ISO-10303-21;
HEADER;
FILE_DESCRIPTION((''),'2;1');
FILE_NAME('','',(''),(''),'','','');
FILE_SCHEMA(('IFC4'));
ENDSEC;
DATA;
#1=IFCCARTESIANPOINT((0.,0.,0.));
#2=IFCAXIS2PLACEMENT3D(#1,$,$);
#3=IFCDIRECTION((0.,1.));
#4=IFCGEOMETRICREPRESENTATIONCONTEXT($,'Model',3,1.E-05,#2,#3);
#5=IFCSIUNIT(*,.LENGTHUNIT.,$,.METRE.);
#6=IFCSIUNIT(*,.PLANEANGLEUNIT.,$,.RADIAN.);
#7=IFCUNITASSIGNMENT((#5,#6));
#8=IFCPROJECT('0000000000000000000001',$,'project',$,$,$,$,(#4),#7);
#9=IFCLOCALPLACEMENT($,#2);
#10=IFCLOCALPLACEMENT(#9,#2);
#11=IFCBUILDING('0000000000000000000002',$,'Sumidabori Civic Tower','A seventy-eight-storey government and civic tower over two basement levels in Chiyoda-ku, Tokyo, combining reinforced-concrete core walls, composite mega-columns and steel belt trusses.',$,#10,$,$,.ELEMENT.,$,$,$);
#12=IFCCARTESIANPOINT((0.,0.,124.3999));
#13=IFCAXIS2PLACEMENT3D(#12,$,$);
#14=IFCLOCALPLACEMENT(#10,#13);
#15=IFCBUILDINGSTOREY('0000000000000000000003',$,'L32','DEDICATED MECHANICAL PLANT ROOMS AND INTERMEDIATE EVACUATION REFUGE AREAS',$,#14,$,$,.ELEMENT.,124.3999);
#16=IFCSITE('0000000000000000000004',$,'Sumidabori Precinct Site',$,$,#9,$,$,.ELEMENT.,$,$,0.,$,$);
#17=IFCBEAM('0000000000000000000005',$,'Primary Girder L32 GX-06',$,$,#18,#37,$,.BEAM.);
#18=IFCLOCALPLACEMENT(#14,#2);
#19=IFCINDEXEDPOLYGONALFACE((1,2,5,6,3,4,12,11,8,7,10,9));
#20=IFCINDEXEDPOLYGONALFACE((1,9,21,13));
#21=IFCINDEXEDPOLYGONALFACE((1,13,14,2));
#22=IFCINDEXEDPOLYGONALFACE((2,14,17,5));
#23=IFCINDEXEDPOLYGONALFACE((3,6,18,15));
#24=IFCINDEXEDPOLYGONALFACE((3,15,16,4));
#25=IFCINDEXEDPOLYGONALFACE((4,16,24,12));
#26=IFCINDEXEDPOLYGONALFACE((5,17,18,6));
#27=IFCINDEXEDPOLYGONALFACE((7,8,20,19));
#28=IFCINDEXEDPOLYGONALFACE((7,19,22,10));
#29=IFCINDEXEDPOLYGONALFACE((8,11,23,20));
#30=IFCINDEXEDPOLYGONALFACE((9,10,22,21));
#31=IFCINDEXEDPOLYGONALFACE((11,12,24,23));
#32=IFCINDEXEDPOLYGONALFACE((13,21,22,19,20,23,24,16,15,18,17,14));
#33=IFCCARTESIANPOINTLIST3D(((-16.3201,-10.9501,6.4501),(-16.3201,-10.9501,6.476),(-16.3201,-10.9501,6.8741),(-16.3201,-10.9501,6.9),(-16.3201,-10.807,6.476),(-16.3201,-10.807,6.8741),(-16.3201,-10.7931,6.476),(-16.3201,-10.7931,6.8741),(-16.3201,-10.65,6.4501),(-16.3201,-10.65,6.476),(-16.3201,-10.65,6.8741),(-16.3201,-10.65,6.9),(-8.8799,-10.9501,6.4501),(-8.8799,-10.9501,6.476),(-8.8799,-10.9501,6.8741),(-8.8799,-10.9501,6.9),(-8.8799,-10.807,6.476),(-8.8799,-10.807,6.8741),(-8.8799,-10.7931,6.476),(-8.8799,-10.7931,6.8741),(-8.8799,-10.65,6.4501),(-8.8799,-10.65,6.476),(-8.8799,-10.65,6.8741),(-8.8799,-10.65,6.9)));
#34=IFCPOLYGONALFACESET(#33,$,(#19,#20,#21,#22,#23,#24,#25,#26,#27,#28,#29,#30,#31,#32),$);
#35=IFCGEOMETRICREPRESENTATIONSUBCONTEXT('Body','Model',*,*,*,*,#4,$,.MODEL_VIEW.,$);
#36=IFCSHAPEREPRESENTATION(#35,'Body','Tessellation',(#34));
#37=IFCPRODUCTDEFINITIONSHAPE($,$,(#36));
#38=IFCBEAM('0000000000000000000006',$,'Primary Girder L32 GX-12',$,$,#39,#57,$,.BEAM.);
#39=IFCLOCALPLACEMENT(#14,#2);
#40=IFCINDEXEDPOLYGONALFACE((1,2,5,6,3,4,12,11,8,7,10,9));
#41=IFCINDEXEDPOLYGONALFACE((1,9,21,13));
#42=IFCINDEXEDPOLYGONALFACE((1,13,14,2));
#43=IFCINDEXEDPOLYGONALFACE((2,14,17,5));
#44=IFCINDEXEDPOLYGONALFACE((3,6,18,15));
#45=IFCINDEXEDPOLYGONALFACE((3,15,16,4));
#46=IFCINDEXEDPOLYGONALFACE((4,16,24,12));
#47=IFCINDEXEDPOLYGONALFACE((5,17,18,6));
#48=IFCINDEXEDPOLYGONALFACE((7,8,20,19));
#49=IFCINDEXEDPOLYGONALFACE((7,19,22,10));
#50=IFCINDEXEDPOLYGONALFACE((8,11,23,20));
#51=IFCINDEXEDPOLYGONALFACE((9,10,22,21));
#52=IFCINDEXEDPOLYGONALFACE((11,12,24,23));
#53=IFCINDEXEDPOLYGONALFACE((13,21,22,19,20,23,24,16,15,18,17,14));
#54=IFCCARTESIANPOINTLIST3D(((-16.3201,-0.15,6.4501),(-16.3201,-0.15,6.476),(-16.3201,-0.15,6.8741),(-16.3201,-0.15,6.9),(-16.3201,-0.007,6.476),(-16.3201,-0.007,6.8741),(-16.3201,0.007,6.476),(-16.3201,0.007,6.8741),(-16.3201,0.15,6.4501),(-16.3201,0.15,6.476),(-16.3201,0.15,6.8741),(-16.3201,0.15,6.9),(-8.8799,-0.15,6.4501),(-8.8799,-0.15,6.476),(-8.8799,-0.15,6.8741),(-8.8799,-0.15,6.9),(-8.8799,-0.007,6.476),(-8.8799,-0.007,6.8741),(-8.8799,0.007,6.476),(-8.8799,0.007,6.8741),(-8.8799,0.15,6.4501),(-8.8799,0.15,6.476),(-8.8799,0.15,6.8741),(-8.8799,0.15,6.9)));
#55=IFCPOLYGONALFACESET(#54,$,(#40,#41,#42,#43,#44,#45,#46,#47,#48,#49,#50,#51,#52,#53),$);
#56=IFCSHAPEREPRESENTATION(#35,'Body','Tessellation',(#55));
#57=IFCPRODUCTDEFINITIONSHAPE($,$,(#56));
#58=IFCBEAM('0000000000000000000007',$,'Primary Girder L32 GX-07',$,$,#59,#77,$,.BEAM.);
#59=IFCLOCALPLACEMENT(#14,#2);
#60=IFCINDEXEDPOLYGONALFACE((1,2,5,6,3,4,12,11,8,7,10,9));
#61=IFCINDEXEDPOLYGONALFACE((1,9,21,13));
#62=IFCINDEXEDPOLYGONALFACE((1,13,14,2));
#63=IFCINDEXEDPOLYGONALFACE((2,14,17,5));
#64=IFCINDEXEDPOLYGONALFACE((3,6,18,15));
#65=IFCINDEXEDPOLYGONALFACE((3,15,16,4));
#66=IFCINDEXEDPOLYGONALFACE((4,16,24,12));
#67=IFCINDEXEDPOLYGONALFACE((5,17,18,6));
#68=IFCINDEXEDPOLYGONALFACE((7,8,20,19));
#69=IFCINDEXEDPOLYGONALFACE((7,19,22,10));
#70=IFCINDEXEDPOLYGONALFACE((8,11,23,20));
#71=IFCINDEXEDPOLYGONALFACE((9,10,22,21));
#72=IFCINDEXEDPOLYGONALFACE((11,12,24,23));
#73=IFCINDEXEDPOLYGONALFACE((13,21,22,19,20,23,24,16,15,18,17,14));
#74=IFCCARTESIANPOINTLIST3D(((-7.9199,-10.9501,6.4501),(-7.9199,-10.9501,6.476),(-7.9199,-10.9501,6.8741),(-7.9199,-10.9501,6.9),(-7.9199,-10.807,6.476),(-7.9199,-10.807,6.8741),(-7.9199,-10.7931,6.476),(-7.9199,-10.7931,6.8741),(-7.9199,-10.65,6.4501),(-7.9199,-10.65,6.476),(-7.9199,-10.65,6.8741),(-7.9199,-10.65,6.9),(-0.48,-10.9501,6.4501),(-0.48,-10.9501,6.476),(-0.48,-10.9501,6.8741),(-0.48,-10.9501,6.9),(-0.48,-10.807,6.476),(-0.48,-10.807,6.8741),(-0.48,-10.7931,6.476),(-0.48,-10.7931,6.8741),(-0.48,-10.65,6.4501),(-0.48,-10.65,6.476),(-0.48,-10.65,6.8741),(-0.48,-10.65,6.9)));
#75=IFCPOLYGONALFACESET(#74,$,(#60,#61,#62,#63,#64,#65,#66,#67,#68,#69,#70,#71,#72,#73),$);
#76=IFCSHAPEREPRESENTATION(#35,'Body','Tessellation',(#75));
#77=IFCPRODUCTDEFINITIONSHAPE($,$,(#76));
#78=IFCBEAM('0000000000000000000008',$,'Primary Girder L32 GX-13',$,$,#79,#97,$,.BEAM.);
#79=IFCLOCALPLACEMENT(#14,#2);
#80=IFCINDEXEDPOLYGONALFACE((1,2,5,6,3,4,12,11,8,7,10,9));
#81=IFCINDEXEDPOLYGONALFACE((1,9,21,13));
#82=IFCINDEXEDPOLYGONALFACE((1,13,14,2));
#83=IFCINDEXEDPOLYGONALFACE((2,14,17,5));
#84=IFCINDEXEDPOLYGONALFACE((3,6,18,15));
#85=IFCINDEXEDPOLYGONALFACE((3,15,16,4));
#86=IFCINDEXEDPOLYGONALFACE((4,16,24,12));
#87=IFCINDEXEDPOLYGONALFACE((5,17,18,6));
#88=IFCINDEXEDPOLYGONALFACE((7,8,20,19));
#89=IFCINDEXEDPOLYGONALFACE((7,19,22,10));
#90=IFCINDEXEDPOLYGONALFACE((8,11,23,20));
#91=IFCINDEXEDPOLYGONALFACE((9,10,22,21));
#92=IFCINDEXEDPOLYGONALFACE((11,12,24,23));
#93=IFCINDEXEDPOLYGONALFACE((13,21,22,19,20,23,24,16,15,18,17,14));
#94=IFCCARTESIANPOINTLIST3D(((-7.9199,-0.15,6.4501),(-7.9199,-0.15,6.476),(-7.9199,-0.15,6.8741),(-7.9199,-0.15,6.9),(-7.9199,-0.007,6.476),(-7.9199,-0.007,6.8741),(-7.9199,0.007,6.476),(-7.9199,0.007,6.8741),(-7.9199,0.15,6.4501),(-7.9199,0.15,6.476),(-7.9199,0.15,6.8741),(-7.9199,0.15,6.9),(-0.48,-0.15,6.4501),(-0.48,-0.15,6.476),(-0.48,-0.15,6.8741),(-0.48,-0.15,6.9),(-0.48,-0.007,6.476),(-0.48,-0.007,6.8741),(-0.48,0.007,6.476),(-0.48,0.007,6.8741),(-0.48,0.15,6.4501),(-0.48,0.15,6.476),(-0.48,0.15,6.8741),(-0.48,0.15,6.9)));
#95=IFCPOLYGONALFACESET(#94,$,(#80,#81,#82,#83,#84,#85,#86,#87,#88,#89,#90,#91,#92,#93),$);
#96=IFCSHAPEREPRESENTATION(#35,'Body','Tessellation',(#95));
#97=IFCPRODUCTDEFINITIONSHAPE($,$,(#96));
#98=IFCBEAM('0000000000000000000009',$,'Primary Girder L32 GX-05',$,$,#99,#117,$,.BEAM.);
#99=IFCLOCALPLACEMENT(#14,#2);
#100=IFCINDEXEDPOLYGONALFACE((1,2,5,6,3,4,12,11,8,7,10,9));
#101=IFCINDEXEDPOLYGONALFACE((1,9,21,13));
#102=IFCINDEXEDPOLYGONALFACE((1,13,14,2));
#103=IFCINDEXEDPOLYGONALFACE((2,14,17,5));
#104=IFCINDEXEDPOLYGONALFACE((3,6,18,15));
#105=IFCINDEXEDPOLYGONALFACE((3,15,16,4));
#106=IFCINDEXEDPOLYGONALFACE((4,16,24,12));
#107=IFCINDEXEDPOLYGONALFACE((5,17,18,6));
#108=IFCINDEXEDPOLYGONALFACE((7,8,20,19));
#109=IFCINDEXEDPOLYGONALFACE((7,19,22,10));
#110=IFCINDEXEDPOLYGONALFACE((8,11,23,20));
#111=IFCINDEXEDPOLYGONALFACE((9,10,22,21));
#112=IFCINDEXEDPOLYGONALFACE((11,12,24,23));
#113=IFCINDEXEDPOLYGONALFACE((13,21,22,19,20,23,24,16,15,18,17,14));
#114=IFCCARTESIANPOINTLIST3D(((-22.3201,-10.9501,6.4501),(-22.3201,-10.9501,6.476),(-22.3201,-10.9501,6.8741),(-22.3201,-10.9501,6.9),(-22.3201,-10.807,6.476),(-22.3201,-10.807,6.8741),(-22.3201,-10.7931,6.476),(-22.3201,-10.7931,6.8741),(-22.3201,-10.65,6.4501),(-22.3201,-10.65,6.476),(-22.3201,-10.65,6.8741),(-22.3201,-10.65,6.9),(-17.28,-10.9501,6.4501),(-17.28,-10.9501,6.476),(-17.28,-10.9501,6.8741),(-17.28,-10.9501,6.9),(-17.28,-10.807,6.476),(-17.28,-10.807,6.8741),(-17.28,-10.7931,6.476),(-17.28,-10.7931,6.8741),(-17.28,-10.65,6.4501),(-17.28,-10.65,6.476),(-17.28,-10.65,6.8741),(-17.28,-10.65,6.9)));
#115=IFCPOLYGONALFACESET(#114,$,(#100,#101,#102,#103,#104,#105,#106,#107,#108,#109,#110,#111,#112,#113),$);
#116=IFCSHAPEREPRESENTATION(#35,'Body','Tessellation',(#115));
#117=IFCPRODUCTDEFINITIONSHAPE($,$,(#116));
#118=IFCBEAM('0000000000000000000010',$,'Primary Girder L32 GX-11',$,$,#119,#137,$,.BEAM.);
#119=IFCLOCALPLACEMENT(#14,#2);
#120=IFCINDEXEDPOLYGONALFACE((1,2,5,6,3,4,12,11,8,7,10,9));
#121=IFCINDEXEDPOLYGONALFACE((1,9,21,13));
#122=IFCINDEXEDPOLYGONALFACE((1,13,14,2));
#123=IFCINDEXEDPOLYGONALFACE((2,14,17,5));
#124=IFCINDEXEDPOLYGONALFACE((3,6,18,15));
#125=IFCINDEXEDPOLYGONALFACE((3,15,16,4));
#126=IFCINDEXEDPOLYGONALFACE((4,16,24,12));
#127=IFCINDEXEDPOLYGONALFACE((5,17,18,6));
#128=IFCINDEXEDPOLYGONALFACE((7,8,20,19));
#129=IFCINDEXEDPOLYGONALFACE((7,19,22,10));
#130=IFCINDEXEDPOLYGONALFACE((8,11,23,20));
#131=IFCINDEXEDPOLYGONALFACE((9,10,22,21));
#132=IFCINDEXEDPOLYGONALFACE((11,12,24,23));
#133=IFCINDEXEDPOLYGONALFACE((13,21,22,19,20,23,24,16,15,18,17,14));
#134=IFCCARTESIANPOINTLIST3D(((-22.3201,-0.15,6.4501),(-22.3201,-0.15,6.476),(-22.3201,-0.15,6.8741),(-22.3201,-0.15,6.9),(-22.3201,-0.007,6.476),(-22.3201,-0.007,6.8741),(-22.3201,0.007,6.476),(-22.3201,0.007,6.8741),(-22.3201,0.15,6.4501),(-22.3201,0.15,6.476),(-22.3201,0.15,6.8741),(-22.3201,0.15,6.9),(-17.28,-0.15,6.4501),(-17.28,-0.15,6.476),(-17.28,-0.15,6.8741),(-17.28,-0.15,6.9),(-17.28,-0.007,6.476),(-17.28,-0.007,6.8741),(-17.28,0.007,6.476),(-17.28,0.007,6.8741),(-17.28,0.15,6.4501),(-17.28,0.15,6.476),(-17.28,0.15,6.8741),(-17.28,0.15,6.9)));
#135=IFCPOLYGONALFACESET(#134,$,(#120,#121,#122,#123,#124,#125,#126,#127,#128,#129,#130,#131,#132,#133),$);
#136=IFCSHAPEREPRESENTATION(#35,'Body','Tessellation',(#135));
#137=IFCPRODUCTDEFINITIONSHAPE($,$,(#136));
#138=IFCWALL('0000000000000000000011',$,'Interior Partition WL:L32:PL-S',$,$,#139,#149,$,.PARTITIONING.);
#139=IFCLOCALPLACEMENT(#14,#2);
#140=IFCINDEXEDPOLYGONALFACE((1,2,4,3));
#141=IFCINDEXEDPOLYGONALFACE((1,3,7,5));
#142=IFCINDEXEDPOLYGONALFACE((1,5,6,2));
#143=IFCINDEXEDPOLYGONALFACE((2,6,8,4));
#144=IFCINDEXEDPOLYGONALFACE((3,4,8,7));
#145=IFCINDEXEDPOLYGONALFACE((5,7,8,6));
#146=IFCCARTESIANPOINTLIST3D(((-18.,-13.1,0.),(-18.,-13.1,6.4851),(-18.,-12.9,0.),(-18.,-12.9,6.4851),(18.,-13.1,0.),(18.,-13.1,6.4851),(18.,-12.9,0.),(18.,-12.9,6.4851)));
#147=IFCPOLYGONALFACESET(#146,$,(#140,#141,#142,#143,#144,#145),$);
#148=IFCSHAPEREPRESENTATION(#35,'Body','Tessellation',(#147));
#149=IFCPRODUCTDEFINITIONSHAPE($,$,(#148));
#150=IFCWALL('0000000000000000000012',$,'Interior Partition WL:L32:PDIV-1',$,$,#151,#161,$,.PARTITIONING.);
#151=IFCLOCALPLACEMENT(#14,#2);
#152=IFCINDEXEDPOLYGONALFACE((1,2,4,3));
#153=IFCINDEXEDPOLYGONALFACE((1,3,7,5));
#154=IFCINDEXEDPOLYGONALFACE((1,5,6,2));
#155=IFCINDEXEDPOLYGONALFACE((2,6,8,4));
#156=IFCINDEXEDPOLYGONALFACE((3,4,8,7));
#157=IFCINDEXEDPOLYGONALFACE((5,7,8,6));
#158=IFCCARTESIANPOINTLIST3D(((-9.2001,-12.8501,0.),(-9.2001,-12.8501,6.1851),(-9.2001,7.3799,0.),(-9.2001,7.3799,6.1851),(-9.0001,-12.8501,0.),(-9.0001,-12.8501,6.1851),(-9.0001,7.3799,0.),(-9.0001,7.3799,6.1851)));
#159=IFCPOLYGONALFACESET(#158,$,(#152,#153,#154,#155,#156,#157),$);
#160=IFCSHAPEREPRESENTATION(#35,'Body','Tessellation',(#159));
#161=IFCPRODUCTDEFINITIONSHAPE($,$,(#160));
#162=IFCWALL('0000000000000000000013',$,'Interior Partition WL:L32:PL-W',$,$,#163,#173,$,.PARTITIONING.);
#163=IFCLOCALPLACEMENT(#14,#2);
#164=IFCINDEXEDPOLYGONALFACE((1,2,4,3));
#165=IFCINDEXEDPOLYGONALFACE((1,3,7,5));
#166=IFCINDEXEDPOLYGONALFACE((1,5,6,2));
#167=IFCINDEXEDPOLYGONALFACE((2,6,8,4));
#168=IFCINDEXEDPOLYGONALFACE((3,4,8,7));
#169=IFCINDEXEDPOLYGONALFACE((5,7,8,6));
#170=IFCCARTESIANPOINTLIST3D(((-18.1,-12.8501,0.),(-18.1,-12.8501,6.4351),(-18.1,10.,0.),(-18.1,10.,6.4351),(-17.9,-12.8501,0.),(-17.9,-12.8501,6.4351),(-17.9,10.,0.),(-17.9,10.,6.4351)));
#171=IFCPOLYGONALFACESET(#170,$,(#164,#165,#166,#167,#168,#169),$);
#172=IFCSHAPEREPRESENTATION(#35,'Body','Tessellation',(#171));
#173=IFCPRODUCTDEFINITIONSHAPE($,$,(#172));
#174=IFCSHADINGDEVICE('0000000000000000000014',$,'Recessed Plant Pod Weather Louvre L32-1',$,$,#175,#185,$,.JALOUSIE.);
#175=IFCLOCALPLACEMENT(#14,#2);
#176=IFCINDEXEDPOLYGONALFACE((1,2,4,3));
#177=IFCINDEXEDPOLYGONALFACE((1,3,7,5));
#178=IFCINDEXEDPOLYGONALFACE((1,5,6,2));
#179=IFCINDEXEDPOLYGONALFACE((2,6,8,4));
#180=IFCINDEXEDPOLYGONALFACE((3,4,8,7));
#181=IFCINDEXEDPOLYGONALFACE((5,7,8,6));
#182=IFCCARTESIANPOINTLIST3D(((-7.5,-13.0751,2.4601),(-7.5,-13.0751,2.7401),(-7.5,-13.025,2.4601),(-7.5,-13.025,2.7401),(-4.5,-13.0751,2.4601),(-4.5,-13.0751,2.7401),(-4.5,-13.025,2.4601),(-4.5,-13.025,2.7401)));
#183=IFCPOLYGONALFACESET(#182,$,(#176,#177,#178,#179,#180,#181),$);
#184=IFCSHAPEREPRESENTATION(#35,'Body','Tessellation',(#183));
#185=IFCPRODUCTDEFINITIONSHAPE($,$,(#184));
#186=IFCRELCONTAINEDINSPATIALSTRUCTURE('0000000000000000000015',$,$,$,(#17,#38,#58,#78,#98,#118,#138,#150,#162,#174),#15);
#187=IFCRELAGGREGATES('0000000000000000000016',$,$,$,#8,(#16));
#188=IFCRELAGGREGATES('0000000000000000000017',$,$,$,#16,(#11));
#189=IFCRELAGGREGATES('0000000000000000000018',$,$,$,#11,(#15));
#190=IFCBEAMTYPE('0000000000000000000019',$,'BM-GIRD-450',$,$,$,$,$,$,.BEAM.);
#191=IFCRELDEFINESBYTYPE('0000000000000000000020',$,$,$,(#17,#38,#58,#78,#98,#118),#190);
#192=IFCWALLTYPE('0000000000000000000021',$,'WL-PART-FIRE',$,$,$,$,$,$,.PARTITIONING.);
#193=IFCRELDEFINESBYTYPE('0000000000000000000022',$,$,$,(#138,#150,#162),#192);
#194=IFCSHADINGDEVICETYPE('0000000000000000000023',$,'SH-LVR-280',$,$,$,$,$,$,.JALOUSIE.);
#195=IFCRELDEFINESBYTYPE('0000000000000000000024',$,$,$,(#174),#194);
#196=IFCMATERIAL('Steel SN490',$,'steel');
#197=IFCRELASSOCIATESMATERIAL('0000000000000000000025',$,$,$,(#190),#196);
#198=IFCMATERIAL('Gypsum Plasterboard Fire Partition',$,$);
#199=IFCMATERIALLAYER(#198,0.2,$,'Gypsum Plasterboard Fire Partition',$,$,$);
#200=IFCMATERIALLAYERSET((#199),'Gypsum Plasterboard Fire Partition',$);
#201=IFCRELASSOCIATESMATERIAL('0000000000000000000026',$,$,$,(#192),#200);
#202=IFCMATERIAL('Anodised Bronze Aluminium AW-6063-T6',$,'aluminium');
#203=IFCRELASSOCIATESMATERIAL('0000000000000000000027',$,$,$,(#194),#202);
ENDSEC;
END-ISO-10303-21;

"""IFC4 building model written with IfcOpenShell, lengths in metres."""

from ifc_helpers import new_model, si_unit, direction, frame, frame_2d, origin, origin_2d, place, context, subcontext, project, spatial, rectangle, i_section, extrude, source, transform, mapped, material, layer, layer_set, material_profile, profile_set, type_object, element, save


model = new_model("IFC4")

# Units and contexts
model_context = context("Model", 3, precision=1e-05, world=origin(), true_north=direction((0.0, 1.0)))
body_context = subcontext(model_context, "Body", "Model", "MODEL_VIEW")
ifc_project = project(units=[si_unit("LENGTHUNIT", "METRE"), si_unit("PLANEANGLEUNIT", "RADIAN")], contexts=[model_context])

# Site, building, storey
site_placement = place(None, origin())
site = spatial("IfcSite", under=ifc_project, at=site_placement, Name="Sumidabori Precinct Site", CompositionType="ELEMENT", RefElevation=0.0)
building_placement = place(site_placement, origin())
building = spatial("IfcBuilding", under=site, at=building_placement, Name="Sumidabori Civic Tower", Description="A seventy-eight-storey government and civic tower over two basement levels in Chiyoda-ku, Tokyo, combining reinforced-concrete core walls, composite mega-columns and steel belt trusses.", CompositionType="ELEMENT")
storey_placement = place(building_placement, frame((0.0, 0.0, 124.3999)))
storey = spatial("IfcBuildingStorey", under=building, at=storey_placement, Name="L32", Description="DEDICATED MECHANICAL PLANT ROOMS AND INTERMEDIATE EVACUATION REFUGE AREAS", CompositionType="ELEMENT", Elevation=124.3999)

# Beams
ifc_material_1 = material(Name="Steel SN490", Category="steel")
ifc_material_profile_1 = material_profile(ifc_material_1, i_section(OverallWidth=0.3, OverallDepth=0.45, WebThickness=0.0139, FlangeThickness=0.0259, at=origin_2d()), Name="HE 450 B")
ifc_profile_set_1 = profile_set([ifc_material_profile_1], Name="Steel SN490")
beam_type_1 = type_object("IfcBeamType", Name="BM-GIRD-450", PredefinedType="BEAM", material=ifc_profile_set_1)
shared_shape_1 = source(origin(), body_context, "Body", "SweptSolid", [
    extrude(i_section(OverallWidth=0.3, OverallDepth=0.45, WebThickness=0.0139, FlangeThickness=0.0259, at=origin_2d()), origin(), (0.0, 0.0, 1.0), 7.4402),
])
for number, where, z_axis, x_axis, name in (
    (1, (-16.3201, -10.8, 6.675), (1.0, 0.0, 0.0), (0.0, 1.0, 0.0), "Primary Girder L32 GX-06"),
    (2, (-16.3201, 0.0, 6.675), (1.0, 0.0, 0.0), (0.0, 1.0, 0.0), "Primary Girder L32 GX-12"),
):
    element("IfcBeam", number, at=place(storey_placement, frame(where, z_axis=z_axis, x_axis=x_axis)), inside=storey, type_object=beam_type_1, Name=name, PredefinedType="BEAM", context=body_context, shape_type="MappedRepresentation", body=[
        mapped(shared_shape_1, transform((0.0, 0.0, 0.0), x_axis=(1.0, 0.0, 0.0), y_axis=(0.0, 1.0, 0.0), z_axis=(0.0, 0.0, 1.0), scale=1.0)),
    ])
shared_shape_2 = source(origin(), body_context, "Body", "SweptSolid", [
    extrude(i_section(OverallWidth=0.3, OverallDepth=0.45, WebThickness=0.0139, FlangeThickness=0.0259, at=origin_2d()), origin(), (0.0, 0.0, 1.0), 7.4399),
])
for number, where, z_axis, x_axis, name in (
    (3, (-7.9199, -10.8, 6.675), (1.0, 0.0, 0.0), (0.0, 1.0, 0.0), "Primary Girder L32 GX-07"),
    (4, (-7.9199, 0.0, 6.675), (1.0, 0.0, 0.0), (0.0, 1.0, 0.0), "Primary Girder L32 GX-13"),
):
    element("IfcBeam", number, at=place(storey_placement, frame(where, z_axis=z_axis, x_axis=x_axis)), inside=storey, type_object=beam_type_1, Name=name, PredefinedType="BEAM", context=body_context, shape_type="MappedRepresentation", body=[
        mapped(shared_shape_2, transform((0.0, 0.0, 0.0), x_axis=(1.0, 0.0, 0.0), y_axis=(0.0, 1.0, 0.0), z_axis=(0.0, 0.0, 1.0), scale=1.0)),
    ])
shared_shape_3 = source(origin(), body_context, "Body", "SweptSolid", [
    extrude(i_section(OverallWidth=0.3, OverallDepth=0.45, WebThickness=0.0139, FlangeThickness=0.0259, at=origin_2d()), origin(), (0.0, 0.0, 1.0), 5.04),
])
for number, where, z_axis, x_axis, name in (
    (5, (-22.3201, -10.8, 6.675), (1.0, 0.0, 0.0), (0.0, 1.0, 0.0), "Primary Girder L32 GX-05"),
    (6, (-22.3201, 0.0, 6.675), (1.0, 0.0, 0.0), (0.0, 1.0, 0.0), "Primary Girder L32 GX-11"),
):
    element("IfcBeam", number, at=place(storey_placement, frame(where, z_axis=z_axis, x_axis=x_axis)), inside=storey, type_object=beam_type_1, Name=name, PredefinedType="BEAM", context=body_context, shape_type="MappedRepresentation", body=[
        mapped(shared_shape_3, transform((0.0, 0.0, 0.0), x_axis=(1.0, 0.0, 0.0), y_axis=(0.0, 1.0, 0.0), z_axis=(0.0, 0.0, 1.0), scale=1.0)),
    ])

# Walls
ifc_material_2 = material(Name="Gypsum Plasterboard Fire Partition")
ifc_layer = layer(ifc_material_2, 0.2, Name="Gypsum Plasterboard Fire Partition")
ifc_layer_set = layer_set([ifc_layer], Name="Gypsum Plasterboard Fire Partition")
wall_type = type_object("IfcWallType", Name="WL-PART-FIRE", PredefinedType="PARTITIONING", material=ifc_layer_set)
shared_shape_4 = source(origin(), body_context, "Body", "SweptSolid", [
    extrude(rectangle(XDim=36.0, YDim=0.2, at=frame_2d((18.0, 0.0))), origin(), (0.0, 0.0, 1.0), 6.4851),
])
wall_1_placement = place(storey_placement, frame((-18.0, -13.0, 0.0), z_axis=(0.0, 0.0, 1.0), x_axis=(1.0, 0.0, 0.0)))
element("IfcWall", 7, at=wall_1_placement, inside=storey, type_object=wall_type, Name="Interior Partition WL:L32:PL-S", PredefinedType="PARTITIONING", context=body_context, shape_type="MappedRepresentation", body=[
    mapped(shared_shape_4, transform((0.0, 0.0, 0.0), x_axis=(1.0, 0.0, 0.0), y_axis=(0.0, 1.0, 0.0), z_axis=(0.0, 0.0, 1.0), scale=1.0)),
])
shared_shape_5 = source(origin(), body_context, "Body", "SweptSolid", [
    extrude(rectangle(XDim=20.23, YDim=0.2, at=frame_2d((10.115, 0.0))), origin(), (0.0, 0.0, 1.0), 6.1851),
])
wall_2_placement = place(storey_placement, frame((-9.1001, -12.8501, 0.0), z_axis=(0.0, 0.0, 1.0), x_axis=(0.0, 1.0, 0.0)))
element("IfcWall", 8, at=wall_2_placement, inside=storey, type_object=wall_type, Name="Interior Partition WL:L32:PDIV-1", PredefinedType="PARTITIONING", context=body_context, shape_type="MappedRepresentation", body=[
    mapped(shared_shape_5, transform((0.0, 0.0, 0.0), x_axis=(1.0, 0.0, 0.0), y_axis=(0.0, 1.0, 0.0), z_axis=(0.0, 0.0, 1.0), scale=1.0)),
])
shared_shape_6 = source(origin(), body_context, "Body", "SweptSolid", [
    extrude(rectangle(XDim=22.8501, YDim=0.2, at=frame_2d((11.425, 0.0))), origin(), (0.0, 0.0, 1.0), 6.4351),
])
wall_3_placement = place(storey_placement, frame((-18.0, -12.8501, 0.0), z_axis=(0.0, 0.0, 1.0), x_axis=(0.0, 1.0, 0.0)))
element("IfcWall", 9, at=wall_3_placement, inside=storey, type_object=wall_type, Name="Interior Partition WL:L32:PL-W", PredefinedType="PARTITIONING", context=body_context, shape_type="MappedRepresentation", body=[
    mapped(shared_shape_6, transform((0.0, 0.0, 0.0), x_axis=(1.0, 0.0, 0.0), y_axis=(0.0, 1.0, 0.0), z_axis=(0.0, 0.0, 1.0), scale=1.0)),
])

# Shading device
ifc_material_3 = material(Name="Anodised Bronze Aluminium AW-6063-T6", Category="aluminium")
ifc_material_profile_2 = material_profile(ifc_material_3, rectangle(XDim=0.05, YDim=0.28, at=origin_2d()), Name="BRONZE LOUVRE 280x50")
ifc_profile_set_2 = profile_set([ifc_material_profile_2], Name="Anodised Bronze Aluminium AW-6063-T6")
shading_device_type = type_object("IfcShadingDeviceType", Name="SH-LVR-280", PredefinedType="JALOUSIE", material=ifc_profile_set_2)
shared_shape_7 = source(origin(), body_context, "Body", "SweptSolid", [
    extrude(rectangle(XDim=0.05, YDim=0.28, at=origin_2d()), origin(), (0.0, 0.0, 1.0), 3.0),
])
shading_device_placement = place(storey_placement, frame((-7.5, -13.05, 2.6001), z_axis=(1.0, 0.0, 0.0), x_axis=(0.0, 1.0, 0.0)))
element("IfcShadingDevice", 10, at=shading_device_placement, inside=storey, type_object=shading_device_type, Name="Recessed Plant Pod Weather Louvre L32-1", PredefinedType="JALOUSIE", context=body_context, shape_type="MappedRepresentation", body=[
    mapped(shared_shape_7, transform((0.0, 0.0, 0.0), x_axis=(1.0, 0.0, 0.0), y_axis=(0.0, 1.0, 0.0), z_axis=(0.0, 0.0, 1.0), scale=1.0)),
])

save(model, "model.ifc")
